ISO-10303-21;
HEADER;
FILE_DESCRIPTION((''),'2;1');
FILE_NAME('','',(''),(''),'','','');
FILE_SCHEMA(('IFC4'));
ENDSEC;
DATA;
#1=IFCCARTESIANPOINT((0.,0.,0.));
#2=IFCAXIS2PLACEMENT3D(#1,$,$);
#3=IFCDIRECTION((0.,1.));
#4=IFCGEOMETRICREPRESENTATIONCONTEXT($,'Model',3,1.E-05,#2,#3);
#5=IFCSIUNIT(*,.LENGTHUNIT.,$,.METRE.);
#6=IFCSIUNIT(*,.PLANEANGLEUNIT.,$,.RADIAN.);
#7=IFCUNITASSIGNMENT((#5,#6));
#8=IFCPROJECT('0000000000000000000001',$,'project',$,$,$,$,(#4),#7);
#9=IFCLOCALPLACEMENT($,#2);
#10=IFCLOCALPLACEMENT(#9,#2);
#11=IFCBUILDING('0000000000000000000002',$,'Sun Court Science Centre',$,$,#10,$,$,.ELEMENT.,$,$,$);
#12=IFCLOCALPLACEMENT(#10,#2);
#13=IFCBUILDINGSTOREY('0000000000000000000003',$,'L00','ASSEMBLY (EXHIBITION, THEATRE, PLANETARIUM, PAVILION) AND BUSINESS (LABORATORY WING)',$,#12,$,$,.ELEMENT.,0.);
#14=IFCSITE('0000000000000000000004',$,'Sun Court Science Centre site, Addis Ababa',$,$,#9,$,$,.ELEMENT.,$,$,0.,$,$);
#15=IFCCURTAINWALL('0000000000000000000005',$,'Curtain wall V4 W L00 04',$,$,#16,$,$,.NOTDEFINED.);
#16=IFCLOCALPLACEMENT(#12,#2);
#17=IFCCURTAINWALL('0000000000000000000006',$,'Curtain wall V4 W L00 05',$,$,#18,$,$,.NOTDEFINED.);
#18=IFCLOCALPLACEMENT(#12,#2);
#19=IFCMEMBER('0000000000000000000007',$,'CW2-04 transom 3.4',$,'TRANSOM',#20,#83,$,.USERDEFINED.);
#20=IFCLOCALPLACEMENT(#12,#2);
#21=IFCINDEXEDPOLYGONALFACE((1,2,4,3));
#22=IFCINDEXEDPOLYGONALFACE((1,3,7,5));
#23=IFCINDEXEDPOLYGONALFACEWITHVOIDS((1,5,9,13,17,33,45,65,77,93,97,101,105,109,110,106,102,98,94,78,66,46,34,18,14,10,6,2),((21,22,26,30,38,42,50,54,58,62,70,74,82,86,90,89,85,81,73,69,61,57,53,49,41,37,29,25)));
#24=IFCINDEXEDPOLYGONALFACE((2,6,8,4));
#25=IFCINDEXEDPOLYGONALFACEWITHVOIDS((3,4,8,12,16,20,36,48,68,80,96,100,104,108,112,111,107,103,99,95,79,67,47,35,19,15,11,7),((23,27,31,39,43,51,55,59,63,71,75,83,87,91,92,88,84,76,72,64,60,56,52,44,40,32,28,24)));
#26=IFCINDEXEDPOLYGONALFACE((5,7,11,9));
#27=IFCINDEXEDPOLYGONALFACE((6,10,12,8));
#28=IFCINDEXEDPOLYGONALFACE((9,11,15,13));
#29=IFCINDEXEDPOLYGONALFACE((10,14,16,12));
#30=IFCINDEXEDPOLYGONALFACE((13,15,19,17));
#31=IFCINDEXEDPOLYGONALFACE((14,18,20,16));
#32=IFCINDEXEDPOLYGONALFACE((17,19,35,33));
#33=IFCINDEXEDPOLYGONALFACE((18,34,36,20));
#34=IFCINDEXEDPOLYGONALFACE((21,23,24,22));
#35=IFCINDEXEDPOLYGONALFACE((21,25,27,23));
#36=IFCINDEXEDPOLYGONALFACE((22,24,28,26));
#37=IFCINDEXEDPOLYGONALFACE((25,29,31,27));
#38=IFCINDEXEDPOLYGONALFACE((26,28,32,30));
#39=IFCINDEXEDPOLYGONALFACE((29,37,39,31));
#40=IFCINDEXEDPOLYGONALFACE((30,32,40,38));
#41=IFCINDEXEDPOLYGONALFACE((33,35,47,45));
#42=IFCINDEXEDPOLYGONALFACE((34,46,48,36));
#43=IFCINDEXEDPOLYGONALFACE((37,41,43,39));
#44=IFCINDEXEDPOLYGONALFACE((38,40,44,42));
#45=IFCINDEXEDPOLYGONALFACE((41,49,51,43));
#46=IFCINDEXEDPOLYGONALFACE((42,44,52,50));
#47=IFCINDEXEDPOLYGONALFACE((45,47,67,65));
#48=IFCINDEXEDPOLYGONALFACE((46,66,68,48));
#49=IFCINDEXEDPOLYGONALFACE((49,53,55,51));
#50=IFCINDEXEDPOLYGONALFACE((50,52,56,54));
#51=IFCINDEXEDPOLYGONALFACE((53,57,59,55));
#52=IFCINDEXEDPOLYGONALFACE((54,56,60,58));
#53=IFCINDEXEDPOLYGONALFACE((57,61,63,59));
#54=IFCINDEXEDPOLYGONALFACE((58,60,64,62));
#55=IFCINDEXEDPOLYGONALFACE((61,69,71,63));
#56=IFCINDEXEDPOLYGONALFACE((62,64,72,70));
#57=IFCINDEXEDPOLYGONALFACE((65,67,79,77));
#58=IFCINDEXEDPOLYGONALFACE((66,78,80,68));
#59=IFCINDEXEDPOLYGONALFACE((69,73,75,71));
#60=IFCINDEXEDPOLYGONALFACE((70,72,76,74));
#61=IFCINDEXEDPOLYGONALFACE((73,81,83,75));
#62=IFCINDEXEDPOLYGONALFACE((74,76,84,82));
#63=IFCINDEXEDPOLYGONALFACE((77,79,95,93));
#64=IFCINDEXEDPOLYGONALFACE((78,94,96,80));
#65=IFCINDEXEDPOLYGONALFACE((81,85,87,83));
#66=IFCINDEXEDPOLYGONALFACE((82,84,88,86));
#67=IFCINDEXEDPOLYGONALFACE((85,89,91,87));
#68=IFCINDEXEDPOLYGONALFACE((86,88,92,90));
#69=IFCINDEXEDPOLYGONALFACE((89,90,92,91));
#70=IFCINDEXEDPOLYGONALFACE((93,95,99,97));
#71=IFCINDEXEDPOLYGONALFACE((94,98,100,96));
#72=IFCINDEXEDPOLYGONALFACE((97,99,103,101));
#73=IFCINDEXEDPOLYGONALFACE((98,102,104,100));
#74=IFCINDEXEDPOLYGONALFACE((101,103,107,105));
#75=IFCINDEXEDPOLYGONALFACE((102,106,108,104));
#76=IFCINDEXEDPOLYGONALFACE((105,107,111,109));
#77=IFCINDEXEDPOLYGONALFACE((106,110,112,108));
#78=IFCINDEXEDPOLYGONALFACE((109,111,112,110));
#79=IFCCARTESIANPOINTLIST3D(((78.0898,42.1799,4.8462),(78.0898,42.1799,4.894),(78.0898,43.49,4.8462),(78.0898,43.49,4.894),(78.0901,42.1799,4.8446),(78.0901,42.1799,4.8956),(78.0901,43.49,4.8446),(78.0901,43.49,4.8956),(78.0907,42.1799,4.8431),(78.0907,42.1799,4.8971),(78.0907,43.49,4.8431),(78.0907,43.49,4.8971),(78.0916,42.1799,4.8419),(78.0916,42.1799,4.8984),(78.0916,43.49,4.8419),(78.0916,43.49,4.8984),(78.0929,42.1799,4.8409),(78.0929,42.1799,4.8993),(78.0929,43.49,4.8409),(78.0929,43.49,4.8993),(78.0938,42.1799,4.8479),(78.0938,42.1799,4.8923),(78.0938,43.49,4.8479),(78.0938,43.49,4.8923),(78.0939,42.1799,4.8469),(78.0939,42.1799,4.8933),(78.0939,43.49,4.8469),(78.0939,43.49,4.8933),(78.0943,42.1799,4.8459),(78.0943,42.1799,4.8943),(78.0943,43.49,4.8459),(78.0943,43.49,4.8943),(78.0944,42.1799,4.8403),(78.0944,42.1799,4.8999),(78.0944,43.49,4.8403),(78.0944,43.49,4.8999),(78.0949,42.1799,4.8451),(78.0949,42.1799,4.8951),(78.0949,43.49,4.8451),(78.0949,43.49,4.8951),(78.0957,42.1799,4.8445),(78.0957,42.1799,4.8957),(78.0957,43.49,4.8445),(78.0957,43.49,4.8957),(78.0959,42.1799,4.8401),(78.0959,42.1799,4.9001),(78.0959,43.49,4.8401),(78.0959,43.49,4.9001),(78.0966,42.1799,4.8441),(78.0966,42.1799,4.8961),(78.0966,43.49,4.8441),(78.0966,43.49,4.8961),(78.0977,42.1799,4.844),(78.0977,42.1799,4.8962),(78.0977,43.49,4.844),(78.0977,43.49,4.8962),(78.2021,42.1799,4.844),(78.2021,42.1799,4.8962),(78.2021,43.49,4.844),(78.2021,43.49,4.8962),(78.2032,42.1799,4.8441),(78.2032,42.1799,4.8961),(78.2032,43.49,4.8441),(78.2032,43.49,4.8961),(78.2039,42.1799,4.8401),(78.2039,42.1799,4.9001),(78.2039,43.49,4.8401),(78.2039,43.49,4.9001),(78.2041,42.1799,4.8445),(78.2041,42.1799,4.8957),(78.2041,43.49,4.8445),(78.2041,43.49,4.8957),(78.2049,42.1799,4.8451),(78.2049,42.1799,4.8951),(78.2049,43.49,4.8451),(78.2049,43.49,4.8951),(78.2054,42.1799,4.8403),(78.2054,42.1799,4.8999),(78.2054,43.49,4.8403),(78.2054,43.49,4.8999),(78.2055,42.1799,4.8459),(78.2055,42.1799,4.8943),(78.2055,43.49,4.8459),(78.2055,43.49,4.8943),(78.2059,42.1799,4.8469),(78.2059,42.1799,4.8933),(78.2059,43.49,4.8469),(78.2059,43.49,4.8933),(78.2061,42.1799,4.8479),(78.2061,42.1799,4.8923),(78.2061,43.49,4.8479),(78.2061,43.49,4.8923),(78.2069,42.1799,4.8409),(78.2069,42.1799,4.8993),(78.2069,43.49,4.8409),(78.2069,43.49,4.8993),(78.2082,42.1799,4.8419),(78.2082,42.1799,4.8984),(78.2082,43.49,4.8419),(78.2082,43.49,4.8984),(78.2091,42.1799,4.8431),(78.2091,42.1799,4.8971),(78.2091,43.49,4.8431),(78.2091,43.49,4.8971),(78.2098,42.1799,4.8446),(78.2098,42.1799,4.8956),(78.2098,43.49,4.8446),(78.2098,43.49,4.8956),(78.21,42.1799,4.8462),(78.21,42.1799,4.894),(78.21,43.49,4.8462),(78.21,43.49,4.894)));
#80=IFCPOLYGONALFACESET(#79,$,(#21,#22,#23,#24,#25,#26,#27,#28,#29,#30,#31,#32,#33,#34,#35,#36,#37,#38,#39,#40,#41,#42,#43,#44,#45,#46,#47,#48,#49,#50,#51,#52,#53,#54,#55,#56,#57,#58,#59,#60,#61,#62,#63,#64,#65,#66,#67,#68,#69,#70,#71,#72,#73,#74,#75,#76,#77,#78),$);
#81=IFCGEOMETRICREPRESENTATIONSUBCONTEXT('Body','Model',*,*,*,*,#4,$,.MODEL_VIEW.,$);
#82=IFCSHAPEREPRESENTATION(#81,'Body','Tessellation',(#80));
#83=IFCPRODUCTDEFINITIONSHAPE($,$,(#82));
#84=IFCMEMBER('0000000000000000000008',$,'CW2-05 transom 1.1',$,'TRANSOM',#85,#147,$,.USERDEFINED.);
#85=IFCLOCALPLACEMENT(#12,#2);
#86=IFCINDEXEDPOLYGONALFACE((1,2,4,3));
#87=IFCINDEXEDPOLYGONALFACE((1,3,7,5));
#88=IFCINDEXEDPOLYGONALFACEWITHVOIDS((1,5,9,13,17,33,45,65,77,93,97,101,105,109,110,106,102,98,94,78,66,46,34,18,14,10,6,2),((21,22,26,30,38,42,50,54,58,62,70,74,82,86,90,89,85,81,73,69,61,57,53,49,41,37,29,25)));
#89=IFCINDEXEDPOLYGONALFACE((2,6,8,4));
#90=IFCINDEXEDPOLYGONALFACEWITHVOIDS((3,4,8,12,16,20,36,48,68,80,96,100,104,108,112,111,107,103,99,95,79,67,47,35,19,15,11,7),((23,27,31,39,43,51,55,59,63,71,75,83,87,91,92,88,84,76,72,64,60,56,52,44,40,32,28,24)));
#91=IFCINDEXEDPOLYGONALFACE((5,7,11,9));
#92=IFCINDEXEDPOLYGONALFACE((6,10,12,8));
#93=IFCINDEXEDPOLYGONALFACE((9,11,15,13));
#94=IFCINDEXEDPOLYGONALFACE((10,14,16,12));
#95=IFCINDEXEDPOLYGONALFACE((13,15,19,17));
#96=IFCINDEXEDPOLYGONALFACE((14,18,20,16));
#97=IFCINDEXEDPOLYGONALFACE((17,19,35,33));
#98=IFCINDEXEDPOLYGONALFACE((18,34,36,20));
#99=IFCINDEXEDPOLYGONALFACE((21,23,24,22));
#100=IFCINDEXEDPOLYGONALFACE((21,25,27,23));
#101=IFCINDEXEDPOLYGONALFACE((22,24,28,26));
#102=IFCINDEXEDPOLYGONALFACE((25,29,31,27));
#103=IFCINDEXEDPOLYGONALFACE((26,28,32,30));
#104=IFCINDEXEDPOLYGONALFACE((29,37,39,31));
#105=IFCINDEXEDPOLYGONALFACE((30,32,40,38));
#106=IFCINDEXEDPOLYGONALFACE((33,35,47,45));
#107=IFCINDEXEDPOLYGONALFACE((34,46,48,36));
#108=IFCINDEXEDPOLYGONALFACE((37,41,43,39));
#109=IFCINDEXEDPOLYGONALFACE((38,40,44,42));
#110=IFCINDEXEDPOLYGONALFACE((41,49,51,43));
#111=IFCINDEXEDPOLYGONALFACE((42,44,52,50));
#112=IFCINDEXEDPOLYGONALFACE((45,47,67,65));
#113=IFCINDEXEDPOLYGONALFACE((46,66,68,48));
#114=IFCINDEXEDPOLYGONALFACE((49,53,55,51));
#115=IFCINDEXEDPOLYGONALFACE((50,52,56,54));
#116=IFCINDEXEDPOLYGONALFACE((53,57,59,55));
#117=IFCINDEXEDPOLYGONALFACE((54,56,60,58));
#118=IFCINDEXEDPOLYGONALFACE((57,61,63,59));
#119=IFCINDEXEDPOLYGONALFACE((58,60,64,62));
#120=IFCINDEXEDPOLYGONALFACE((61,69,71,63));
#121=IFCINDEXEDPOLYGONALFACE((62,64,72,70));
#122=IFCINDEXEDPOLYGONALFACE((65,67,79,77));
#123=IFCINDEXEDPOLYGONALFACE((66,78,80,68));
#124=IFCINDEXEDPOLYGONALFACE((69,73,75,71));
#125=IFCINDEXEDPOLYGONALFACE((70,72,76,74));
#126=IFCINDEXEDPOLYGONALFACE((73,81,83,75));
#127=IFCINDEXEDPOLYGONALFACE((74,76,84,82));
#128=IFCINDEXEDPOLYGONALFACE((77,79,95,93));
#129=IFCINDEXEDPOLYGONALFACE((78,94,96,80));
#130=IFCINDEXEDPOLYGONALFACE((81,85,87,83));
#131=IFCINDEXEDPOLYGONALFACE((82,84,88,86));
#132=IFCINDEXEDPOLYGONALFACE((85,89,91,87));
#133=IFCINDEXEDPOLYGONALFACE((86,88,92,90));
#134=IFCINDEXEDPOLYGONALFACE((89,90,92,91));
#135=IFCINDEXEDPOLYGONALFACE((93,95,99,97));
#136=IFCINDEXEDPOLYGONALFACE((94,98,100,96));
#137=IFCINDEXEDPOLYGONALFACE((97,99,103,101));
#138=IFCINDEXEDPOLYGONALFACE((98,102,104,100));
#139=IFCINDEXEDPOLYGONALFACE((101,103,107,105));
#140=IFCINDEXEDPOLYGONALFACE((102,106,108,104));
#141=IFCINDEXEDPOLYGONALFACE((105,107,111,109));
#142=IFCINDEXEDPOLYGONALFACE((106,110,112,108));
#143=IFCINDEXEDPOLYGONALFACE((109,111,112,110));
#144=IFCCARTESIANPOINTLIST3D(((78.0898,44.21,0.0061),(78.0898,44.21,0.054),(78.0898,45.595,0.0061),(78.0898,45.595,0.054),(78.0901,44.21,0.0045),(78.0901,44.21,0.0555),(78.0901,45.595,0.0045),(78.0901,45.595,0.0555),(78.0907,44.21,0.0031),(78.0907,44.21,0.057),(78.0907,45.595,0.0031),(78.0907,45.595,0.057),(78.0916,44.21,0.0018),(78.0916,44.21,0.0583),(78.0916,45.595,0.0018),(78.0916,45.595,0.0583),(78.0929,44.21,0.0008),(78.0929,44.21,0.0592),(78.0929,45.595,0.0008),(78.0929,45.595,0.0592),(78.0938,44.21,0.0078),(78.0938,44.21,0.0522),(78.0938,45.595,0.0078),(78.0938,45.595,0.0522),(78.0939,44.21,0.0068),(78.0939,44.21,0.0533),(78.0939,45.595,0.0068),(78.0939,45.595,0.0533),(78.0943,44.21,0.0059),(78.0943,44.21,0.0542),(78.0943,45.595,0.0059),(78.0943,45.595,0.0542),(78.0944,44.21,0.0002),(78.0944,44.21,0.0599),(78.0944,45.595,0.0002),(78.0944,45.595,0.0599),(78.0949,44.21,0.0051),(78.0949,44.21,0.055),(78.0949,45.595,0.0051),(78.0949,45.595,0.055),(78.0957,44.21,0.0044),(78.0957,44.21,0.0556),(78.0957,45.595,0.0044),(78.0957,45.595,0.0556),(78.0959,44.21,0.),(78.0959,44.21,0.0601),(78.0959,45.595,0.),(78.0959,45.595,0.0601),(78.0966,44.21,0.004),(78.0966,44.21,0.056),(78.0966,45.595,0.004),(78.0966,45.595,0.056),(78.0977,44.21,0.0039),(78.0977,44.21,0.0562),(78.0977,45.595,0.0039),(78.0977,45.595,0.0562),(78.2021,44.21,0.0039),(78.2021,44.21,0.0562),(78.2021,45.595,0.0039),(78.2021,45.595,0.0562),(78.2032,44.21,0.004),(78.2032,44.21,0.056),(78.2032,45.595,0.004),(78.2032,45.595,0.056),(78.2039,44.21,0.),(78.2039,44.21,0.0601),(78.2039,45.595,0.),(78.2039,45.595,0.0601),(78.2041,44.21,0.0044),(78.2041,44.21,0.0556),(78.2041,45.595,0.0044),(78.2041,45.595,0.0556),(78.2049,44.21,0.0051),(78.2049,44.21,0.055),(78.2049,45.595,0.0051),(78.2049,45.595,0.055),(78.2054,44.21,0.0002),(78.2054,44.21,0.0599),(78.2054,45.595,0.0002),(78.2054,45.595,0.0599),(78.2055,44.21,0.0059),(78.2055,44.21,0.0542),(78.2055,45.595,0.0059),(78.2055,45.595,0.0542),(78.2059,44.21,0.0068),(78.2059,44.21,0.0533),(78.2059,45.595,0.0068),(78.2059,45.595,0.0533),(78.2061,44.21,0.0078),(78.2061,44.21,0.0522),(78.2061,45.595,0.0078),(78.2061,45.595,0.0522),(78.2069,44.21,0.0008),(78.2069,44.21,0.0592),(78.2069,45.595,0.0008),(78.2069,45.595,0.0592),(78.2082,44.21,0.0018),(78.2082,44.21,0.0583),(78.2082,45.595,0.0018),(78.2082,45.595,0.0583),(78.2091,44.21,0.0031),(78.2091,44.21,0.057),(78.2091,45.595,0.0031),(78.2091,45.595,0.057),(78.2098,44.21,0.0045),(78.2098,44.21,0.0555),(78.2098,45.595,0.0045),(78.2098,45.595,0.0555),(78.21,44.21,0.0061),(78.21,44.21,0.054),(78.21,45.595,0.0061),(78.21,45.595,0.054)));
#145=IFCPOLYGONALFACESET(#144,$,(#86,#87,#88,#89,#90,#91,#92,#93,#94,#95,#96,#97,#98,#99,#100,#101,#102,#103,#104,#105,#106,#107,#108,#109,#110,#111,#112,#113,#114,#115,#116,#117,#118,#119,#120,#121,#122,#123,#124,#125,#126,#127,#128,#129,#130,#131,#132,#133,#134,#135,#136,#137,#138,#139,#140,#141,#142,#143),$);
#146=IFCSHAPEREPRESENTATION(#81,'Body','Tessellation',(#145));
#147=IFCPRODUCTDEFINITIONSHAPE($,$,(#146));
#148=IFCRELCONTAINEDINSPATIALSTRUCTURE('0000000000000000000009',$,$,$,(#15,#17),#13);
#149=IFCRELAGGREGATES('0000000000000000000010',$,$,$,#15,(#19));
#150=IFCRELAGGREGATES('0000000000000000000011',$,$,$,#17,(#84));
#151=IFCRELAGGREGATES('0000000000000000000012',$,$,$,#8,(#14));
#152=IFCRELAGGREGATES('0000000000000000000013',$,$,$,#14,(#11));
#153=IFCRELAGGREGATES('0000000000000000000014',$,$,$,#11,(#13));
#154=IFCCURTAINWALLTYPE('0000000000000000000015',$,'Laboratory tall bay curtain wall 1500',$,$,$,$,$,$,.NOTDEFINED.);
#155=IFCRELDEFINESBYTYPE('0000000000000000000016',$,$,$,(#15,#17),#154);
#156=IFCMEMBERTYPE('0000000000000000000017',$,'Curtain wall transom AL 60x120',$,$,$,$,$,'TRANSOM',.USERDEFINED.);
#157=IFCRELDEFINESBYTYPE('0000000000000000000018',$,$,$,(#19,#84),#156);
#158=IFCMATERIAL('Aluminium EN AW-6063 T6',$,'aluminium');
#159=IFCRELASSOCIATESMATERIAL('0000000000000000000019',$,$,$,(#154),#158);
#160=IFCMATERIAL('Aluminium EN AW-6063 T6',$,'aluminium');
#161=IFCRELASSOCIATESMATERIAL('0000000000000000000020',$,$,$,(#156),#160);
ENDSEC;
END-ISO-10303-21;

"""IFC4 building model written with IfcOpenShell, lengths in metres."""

from ifc_helpers import new_model, si_unit, direction, frame, origin, origin_2d, place, context, subcontext, project, spatial, hollow_rectangle, extrude, material, material_profile, profile_set, type_object, element, aggregate, save


model = new_model("IFC4")

# Units and contexts
model_context = context("Model", 3, precision=1e-05, world=origin(), true_north=direction((0.0, 1.0)))
body_context = subcontext(model_context, "Body", "Model", "MODEL_VIEW")
ifc_project = project(units=[si_unit("LENGTHUNIT", "METRE"), si_unit("PLANEANGLEUNIT", "RADIAN")], contexts=[model_context])

# Site, building, storey
site_placement = place(None, origin())
site = spatial("IfcSite", under=ifc_project, at=site_placement, Name="Sun Court Science Centre site, Addis Ababa", CompositionType="ELEMENT", RefElevation=0.0)
building_placement = place(site_placement, origin())
building = spatial("IfcBuilding", under=site, at=building_placement, Name="Sun Court Science Centre", CompositionType="ELEMENT")
storey_placement = place(building_placement, origin())
storey = spatial("IfcBuildingStorey", under=building, at=storey_placement, Name="L00", Description="ASSEMBLY (EXHIBITION, THEATRE, PLANETARIUM, PAVILION) AND BUSINESS (LABORATORY WING)", CompositionType="ELEMENT", Elevation=0.0)

# Curtain walls
ifc_material_1 = material(Name="Aluminium EN AW-6063 T6", Category="aluminium")
curtain_wall_type_1 = type_object("IfcCurtainWallType", Name="Laboratory tall bay curtain wall 1500", PredefinedType="NOTDEFINED", material=ifc_material_1)
curtain_wall_1_placement = place(storey_placement, origin())
curtain_wall_1 = element("IfcCurtainWall", 1, at=curtain_wall_1_placement, inside=storey, type_object=curtain_wall_type_1, Name="Curtain wall V4 W L00 04", PredefinedType="NOTDEFINED")
curtain_wall_2_placement = place(storey_placement, origin())
curtain_wall_2 = element("IfcCurtainWall", 2, at=curtain_wall_2_placement, inside=storey, type_object=curtain_wall_type_1, Name="Curtain wall V4 W L00 05", PredefinedType="NOTDEFINED")

# Members
ifc_material_2 = material(Name="Aluminium EN AW-6063 T6", Category="aluminium")
ifc_material_profile_1 = material_profile(ifc_material_2, hollow_rectangle(XDim=0.0601, YDim=0.1201, WallThickness=0.0039, InnerFilletRadius=0.0039, OuterFilletRadius=0.0061, at=origin_2d()), Name="AL 60x120x4")
ifc_profile_set_1 = profile_set([ifc_material_profile_1], Name="Aluminium EN AW-6063 T6")
member_type_1 = type_object("IfcMemberType", Name="Curtain wall transom AL 60x120", ElementType="TRANSOM", PredefinedType="USERDEFINED", material=ifc_profile_set_1)
member_1_placement = place(storey_placement, frame((78.1499, 42.1799, 4.8701), z_axis=(0.0, 1.0, 0.0), x_axis=(0.0, 0.0, 1.0)))
member_1 = element("IfcMember", 3, at=member_1_placement, type_object=member_type_1, Name="CW2-04 transom 3.4", ObjectType="TRANSOM", PredefinedType="USERDEFINED", context=body_context, shape_type="SweptSolid", body=[
    extrude(hollow_rectangle(XDim=0.0601, YDim=0.1201, WallThickness=0.0039, InnerFilletRadius=0.0039, OuterFilletRadius=0.0061, at=origin_2d()), origin(), (0.0, 0.0, 1.0), 1.3101),
])
member_2_placement = place(storey_placement, frame((78.1499, 44.21, 0.03), z_axis=(0.0, 1.0, 0.0), x_axis=(0.0, 0.0, 1.0)))
member_2 = element("IfcMember", 4, at=member_2_placement, type_object=member_type_1, Name="CW2-05 transom 1.1", ObjectType="TRANSOM", PredefinedType="USERDEFINED", context=body_context, shape_type="SweptSolid", body=[
    extrude(hollow_rectangle(XDim=0.0601, YDim=0.1201, WallThickness=0.0039, InnerFilletRadius=0.0039, OuterFilletRadius=0.0061, at=origin_2d()), origin(), (0.0, 0.0, 1.0), 1.385),
])

aggregate(curtain_wall_1, [member_1])
aggregate(curtain_wall_2, [member_2])

save(model, "model.ifc")
